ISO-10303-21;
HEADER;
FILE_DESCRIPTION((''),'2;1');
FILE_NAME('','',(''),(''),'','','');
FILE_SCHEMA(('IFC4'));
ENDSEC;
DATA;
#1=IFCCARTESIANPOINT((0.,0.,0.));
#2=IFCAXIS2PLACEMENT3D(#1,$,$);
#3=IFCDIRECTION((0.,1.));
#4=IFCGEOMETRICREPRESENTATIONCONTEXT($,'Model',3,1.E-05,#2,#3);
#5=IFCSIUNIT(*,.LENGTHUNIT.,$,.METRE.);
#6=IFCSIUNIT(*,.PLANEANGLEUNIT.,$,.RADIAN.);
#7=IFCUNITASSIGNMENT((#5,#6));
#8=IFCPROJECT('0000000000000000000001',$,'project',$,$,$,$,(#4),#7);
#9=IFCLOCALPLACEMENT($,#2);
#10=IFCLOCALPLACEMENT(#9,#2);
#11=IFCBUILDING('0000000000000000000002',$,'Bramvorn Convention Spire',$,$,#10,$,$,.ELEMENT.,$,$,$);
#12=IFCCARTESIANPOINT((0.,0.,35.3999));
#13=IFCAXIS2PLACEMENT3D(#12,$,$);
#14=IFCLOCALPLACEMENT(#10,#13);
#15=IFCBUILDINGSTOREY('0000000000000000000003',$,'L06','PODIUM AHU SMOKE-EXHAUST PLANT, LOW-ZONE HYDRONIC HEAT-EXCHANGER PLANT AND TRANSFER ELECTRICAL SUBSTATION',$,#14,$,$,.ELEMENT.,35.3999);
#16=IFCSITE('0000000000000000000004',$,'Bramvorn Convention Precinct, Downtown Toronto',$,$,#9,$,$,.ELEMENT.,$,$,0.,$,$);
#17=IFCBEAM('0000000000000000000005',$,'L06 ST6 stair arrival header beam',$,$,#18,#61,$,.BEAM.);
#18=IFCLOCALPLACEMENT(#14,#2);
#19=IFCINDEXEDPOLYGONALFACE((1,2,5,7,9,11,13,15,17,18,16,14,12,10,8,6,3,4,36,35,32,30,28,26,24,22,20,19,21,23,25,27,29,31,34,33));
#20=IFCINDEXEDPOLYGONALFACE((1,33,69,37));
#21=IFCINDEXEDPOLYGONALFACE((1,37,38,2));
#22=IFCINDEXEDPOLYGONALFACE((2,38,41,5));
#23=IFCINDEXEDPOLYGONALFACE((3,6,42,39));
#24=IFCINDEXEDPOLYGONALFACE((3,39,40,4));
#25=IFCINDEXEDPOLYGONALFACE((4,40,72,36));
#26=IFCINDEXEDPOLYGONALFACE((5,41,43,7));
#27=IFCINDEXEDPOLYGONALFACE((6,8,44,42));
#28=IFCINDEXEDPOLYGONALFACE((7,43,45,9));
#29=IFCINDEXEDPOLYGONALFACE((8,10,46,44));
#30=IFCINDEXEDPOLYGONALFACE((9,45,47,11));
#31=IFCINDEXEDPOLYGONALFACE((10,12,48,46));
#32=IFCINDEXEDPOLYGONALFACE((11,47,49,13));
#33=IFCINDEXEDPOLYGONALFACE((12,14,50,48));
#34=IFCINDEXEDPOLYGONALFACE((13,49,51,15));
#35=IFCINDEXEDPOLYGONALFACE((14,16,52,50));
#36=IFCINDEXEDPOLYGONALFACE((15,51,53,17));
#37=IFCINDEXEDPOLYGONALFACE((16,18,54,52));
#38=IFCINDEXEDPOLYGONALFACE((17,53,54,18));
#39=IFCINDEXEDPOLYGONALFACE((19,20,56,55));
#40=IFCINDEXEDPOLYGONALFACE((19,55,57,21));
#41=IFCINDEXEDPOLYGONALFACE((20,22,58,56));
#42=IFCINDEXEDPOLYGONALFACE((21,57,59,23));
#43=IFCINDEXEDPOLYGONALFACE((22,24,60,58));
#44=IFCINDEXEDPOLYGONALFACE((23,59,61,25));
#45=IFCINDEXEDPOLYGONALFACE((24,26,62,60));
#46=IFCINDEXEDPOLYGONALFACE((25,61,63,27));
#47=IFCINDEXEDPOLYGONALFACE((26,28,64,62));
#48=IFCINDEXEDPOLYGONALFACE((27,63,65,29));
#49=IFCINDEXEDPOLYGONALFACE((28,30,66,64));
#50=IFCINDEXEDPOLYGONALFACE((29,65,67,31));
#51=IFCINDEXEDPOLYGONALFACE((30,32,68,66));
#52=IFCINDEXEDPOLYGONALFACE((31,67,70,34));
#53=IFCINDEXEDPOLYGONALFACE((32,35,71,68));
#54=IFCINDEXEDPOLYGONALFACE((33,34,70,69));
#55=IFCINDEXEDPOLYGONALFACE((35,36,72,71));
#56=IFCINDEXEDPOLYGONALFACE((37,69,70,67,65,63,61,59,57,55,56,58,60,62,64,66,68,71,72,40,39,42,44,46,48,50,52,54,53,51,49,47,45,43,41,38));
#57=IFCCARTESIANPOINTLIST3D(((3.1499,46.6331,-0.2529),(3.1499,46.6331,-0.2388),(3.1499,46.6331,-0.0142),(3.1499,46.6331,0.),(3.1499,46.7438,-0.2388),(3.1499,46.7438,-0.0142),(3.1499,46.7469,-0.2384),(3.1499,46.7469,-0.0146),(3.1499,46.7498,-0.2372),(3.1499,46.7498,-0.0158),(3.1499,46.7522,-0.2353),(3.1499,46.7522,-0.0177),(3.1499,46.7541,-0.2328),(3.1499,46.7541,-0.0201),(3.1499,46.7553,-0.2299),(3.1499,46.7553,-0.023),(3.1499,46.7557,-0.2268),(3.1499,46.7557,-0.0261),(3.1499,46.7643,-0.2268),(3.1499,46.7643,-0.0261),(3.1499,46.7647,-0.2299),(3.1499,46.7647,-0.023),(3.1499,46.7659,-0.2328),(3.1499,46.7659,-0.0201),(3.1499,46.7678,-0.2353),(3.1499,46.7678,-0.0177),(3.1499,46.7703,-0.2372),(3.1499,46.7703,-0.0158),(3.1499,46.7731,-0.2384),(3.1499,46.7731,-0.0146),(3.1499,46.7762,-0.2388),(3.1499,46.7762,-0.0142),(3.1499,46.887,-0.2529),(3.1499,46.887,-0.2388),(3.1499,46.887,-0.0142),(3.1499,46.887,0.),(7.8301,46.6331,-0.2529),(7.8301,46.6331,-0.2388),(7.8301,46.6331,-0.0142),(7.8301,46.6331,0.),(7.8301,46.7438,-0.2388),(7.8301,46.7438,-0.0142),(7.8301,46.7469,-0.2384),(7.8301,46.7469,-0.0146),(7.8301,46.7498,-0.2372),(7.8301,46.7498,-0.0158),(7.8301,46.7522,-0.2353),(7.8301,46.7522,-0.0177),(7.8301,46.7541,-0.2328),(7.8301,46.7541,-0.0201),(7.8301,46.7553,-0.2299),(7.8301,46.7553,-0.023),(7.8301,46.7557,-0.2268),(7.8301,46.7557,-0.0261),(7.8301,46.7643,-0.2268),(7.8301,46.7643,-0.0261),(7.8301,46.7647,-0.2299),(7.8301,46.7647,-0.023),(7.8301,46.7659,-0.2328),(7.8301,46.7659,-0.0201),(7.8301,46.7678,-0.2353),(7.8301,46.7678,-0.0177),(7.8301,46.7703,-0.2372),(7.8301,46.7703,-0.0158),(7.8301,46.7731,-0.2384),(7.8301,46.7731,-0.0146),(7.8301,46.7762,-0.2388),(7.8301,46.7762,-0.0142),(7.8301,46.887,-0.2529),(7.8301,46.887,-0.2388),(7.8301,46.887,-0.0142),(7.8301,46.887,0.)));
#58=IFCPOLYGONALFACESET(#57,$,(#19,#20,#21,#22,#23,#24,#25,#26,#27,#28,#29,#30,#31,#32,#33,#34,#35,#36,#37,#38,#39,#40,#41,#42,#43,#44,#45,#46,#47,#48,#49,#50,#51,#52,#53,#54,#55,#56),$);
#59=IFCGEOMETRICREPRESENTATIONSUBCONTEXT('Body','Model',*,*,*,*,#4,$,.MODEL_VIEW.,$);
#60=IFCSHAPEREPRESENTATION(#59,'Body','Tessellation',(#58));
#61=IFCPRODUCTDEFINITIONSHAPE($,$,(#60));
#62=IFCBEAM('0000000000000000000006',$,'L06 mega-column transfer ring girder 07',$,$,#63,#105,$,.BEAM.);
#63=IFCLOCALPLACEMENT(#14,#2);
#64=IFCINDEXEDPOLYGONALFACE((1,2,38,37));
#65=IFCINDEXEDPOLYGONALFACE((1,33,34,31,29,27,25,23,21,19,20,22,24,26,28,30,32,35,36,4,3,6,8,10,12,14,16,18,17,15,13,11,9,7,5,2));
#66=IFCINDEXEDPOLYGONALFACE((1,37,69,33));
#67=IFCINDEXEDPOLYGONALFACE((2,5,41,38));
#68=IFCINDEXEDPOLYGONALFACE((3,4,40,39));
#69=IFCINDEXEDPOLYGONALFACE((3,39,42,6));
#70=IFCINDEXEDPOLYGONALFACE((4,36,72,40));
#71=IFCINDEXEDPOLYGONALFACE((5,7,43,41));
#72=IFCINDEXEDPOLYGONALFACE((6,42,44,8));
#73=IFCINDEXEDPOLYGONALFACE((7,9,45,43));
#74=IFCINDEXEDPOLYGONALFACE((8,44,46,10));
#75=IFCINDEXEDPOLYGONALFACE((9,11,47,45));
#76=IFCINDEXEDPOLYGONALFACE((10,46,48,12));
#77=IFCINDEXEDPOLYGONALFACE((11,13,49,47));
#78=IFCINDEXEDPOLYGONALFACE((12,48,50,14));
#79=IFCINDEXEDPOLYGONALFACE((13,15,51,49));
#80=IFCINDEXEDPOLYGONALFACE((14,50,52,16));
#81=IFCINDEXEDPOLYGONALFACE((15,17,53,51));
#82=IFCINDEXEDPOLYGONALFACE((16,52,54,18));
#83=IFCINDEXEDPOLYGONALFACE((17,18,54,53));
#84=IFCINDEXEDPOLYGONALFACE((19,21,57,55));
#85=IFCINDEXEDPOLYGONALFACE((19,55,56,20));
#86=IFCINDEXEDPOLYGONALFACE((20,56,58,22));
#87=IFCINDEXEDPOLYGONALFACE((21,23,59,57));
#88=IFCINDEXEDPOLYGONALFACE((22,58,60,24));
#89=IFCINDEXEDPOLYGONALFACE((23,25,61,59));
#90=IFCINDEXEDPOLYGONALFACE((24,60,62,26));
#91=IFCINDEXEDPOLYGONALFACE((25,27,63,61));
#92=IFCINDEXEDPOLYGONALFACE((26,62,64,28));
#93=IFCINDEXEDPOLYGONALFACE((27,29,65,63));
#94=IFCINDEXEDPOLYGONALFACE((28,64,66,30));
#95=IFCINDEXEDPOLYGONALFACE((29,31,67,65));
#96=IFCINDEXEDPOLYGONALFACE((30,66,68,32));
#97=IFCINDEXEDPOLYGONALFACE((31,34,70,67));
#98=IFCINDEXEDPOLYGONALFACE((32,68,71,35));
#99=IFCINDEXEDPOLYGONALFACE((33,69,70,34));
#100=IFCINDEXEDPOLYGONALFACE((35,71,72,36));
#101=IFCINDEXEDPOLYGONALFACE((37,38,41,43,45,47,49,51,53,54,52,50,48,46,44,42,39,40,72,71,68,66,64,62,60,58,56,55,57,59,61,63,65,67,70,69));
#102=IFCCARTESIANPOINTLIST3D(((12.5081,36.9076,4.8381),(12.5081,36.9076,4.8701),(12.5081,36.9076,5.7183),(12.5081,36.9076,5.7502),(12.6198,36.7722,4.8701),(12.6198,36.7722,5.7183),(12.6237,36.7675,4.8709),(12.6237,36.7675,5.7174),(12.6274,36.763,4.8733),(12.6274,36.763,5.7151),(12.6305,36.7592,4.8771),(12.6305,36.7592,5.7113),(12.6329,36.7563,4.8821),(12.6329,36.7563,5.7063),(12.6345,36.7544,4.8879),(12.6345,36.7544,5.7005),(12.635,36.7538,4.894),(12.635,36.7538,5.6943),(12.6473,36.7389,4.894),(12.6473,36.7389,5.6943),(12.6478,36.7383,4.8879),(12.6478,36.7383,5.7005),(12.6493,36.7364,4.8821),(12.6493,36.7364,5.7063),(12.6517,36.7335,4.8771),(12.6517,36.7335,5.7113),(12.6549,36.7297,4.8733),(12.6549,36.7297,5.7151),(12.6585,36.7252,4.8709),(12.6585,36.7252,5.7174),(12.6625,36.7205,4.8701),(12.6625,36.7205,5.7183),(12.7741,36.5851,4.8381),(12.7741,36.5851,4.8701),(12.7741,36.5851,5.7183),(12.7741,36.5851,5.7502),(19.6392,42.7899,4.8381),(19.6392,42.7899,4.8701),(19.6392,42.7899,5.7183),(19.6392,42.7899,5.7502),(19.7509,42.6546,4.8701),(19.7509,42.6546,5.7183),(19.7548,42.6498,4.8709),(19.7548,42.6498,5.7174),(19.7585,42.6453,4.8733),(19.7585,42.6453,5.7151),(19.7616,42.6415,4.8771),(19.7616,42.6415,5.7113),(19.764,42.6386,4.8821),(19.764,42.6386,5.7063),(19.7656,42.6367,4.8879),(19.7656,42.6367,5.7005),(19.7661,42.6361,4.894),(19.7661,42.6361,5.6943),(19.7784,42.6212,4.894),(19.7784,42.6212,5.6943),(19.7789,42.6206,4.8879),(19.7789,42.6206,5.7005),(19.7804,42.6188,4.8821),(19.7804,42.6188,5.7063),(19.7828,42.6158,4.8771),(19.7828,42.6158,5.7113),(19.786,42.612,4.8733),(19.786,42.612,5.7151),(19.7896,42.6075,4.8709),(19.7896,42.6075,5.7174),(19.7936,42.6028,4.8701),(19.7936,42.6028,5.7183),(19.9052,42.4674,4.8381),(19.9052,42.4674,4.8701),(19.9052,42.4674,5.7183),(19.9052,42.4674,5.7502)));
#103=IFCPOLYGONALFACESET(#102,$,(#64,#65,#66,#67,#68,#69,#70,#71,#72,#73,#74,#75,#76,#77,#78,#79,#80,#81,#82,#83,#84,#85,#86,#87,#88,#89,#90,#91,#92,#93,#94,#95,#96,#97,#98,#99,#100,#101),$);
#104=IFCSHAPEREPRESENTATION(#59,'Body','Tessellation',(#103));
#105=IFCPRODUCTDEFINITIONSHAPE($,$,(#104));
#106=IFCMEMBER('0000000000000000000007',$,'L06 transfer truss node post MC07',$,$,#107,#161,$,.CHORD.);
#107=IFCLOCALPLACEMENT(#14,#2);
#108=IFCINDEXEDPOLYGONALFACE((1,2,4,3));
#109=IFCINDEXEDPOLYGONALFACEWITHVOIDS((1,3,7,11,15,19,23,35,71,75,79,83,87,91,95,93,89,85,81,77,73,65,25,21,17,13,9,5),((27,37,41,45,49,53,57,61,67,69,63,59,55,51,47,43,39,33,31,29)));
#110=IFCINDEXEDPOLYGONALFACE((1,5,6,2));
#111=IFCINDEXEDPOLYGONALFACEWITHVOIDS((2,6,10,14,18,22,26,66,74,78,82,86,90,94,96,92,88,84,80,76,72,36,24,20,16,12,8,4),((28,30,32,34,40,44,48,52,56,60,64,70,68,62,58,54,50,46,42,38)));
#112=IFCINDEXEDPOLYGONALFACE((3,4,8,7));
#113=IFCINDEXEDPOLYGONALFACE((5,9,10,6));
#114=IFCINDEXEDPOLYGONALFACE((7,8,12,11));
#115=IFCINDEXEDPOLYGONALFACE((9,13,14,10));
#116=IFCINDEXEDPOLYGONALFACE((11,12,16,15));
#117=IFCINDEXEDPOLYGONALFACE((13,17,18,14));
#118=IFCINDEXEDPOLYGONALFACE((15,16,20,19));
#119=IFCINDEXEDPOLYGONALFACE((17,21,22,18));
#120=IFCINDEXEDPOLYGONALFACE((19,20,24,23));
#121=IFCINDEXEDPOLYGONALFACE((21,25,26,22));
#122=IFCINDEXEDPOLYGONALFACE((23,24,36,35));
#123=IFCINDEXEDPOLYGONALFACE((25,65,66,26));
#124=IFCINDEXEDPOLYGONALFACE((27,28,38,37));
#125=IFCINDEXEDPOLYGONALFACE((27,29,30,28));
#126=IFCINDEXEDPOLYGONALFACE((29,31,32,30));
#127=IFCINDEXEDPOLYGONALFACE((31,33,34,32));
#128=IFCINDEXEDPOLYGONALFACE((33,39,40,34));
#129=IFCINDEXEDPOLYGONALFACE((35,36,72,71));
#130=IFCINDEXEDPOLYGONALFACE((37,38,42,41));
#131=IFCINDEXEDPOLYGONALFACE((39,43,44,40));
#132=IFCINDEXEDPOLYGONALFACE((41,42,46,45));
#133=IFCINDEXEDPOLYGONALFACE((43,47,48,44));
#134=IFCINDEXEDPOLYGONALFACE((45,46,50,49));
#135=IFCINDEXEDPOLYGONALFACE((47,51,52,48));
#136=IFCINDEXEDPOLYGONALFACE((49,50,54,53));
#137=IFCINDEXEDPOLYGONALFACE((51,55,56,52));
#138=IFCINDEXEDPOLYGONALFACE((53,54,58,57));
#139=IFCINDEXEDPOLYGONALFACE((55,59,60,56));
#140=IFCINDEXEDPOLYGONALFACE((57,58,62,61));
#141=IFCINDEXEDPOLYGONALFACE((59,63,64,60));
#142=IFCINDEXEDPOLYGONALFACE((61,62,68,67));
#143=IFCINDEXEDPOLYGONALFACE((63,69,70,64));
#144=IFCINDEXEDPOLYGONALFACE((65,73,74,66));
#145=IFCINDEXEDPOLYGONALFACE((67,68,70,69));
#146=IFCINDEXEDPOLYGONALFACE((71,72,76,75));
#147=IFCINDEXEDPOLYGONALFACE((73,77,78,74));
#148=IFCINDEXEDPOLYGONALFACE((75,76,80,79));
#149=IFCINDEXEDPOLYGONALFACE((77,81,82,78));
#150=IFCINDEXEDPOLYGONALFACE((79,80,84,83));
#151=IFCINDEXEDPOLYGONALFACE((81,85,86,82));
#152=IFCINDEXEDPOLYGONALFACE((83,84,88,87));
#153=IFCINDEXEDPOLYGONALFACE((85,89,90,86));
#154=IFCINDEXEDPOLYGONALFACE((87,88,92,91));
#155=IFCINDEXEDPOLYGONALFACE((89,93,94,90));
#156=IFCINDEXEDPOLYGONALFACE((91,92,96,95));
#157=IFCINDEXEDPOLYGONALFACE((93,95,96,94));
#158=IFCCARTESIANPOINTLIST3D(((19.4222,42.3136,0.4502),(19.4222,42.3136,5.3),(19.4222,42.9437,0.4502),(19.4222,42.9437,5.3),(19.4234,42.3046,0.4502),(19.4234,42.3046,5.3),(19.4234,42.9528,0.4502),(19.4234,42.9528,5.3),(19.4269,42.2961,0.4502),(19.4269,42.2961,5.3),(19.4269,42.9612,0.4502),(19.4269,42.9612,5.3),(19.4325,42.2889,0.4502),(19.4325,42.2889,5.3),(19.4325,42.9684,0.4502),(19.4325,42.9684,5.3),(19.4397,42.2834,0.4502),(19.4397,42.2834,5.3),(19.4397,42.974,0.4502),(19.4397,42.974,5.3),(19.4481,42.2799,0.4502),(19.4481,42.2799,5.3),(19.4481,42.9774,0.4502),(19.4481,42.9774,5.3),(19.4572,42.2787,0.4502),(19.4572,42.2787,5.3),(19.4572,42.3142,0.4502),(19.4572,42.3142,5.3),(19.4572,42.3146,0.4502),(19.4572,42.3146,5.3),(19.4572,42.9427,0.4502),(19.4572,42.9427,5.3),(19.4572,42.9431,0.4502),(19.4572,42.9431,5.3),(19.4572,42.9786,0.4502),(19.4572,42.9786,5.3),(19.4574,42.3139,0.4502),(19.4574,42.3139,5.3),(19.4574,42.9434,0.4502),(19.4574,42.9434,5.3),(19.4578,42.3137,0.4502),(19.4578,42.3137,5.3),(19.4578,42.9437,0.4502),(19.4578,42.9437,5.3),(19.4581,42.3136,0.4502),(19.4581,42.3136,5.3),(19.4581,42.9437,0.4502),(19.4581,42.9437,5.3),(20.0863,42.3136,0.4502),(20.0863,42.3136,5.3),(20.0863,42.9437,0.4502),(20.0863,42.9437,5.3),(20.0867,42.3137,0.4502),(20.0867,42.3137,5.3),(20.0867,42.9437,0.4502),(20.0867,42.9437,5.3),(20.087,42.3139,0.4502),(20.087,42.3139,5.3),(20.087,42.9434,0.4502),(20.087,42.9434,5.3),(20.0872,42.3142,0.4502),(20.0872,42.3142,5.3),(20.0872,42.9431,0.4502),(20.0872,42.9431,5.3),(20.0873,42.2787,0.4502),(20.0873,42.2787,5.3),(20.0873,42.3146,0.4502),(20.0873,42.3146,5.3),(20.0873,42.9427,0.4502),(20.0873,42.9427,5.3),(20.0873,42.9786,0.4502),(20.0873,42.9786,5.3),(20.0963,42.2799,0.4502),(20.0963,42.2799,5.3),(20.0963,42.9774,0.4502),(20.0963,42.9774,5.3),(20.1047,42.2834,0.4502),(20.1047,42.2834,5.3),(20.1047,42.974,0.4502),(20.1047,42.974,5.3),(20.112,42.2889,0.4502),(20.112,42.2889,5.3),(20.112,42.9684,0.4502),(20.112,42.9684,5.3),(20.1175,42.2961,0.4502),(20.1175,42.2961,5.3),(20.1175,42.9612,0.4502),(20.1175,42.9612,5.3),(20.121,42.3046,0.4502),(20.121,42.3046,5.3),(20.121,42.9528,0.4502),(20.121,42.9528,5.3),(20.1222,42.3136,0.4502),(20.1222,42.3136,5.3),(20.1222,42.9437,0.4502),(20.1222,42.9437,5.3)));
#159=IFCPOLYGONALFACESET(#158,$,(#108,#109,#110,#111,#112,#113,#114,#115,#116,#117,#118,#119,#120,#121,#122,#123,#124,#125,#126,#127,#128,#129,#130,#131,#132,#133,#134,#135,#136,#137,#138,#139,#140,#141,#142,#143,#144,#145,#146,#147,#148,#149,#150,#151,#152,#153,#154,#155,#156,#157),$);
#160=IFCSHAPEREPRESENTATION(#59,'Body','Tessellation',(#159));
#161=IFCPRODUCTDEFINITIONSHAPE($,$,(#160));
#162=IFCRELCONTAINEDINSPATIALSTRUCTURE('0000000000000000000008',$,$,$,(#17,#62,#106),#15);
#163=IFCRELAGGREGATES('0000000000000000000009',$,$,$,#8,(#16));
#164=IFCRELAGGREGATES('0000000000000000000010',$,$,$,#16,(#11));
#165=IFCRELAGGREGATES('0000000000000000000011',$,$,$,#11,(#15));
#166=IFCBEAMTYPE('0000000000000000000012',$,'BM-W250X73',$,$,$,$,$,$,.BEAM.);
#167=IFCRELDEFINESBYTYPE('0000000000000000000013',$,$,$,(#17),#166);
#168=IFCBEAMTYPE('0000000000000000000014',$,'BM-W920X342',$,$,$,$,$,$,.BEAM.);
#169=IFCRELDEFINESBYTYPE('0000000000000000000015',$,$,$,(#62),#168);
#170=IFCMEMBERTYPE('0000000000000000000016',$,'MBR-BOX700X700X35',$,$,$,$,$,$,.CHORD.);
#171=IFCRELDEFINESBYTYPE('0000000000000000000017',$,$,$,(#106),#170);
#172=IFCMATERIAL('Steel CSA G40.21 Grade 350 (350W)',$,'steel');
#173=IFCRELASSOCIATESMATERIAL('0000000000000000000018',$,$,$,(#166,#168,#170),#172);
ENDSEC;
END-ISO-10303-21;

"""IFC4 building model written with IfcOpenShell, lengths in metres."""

from ifc_helpers import new_model, si_unit, direction, frame, origin, origin_2d, place, context, subcontext, project, spatial, hollow_rectangle, i_section, extrude, material, material_profile, profile_set, type_object, element, save


model = new_model("IFC4")

# Units and contexts
model_context = context("Model", 3, precision=1e-05, world=origin(), true_north=direction((0.0, 1.0)))
body_context = subcontext(model_context, "Body", "Model", "MODEL_VIEW")
ifc_project = project(units=[si_unit("LENGTHUNIT", "METRE"), si_unit("PLANEANGLEUNIT", "RADIAN")], contexts=[model_context])

# Site, building, storey
site_placement = place(None, origin())
site = spatial("IfcSite", under=ifc_project, at=site_placement, Name="Bramvorn Convention Precinct, Downtown Toronto", CompositionType="ELEMENT", RefElevation=0.0)
building_placement = place(site_placement, origin())
building = spatial("IfcBuilding", under=site, at=building_placement, Name="Bramvorn Convention Spire", CompositionType="ELEMENT")
storey_placement = place(building_placement, frame((0.0, 0.0, 35.3999)))
storey = spatial("IfcBuildingStorey", under=building, at=storey_placement, Name="L06", Description="PODIUM AHU SMOKE-EXHAUST PLANT, LOW-ZONE HYDRONIC HEAT-EXCHANGER PLANT AND TRANSFER ELECTRICAL SUBSTATION", CompositionType="ELEMENT", Elevation=35.3999)

# Shared definitions
ifc_material_1 = material(Name="Steel CSA G40.21 Grade 350 (350W)", Category="steel")

# Beams
ifc_material_profile_1 = material_profile(ifc_material_1, i_section(OverallWidth=0.2539, OverallDepth=0.2529, WebThickness=0.0085, FlangeThickness=0.0142, FilletRadius=0.012, at=origin_2d()))
ifc_profile_set_1 = profile_set([ifc_material_profile_1], Name="Steel CSA G40.21 Grade 350 (350W) - W250X73")
beam_type_1 = type_object("IfcBeamType", Name="BM-W250X73", PredefinedType="BEAM", material=ifc_profile_set_1)
beam_1_placement = place(storey_placement, frame((3.1499, 46.76, -0.1265), z_axis=(1.0, 0.0, 0.0), x_axis=(0.0, 1.0, 0.0)))
element("IfcBeam", 1, at=beam_1_placement, inside=storey, type_object=beam_type_1, Name="L06 ST6 stair arrival header beam", PredefinedType="BEAM", context=body_context, shape_type="SweptSolid", body=[
    extrude(i_section(OverallWidth=0.2539, OverallDepth=0.2529, WebThickness=0.0085, FlangeThickness=0.0142, FilletRadius=0.012, at=origin_2d()), origin(), (0.0, 0.0, 1.0), 4.6802),
])
ifc_material_profile_2 = material_profile(ifc_material_1, i_section(OverallWidth=0.418, OverallDepth=0.9121, WebThickness=0.0193, FlangeThickness=0.032, FilletRadius=0.0239, at=origin_2d()))
ifc_profile_set_2 = profile_set([ifc_material_profile_2], Name="Steel CSA G40.21 Grade 350 (350W) - W920X342")
beam_type_2 = type_object("IfcBeamType", Name="BM-W920X342", PredefinedType="BEAM", material=ifc_profile_set_2)
beam_2_placement = place(storey_placement, frame((19.7722, 42.6287, 5.2942), z_axis=(-0.771418, -0.636329, 0.0), x_axis=(0.636329, -0.771418, 0.0)))
element("IfcBeam", 2, at=beam_2_placement, inside=storey, type_object=beam_type_2, Name="L06 mega-column transfer ring girder 07", PredefinedType="BEAM", context=body_context, shape_type="SweptSolid", body=[
    extrude(i_section(OverallWidth=0.418, OverallDepth=0.9121, WebThickness=0.0193, FlangeThickness=0.032, FilletRadius=0.0239, at=origin_2d()), origin(), (0.0, 0.0, 1.0), 9.2441),
])

# Member
ifc_material_profile_3 = material_profile(ifc_material_1, hollow_rectangle(XDim=0.7, YDim=0.7, WallThickness=0.0349, InnerFilletRadius=0.001, OuterFilletRadius=0.0349, at=origin_2d()))
ifc_profile_set_3 = profile_set([ifc_material_profile_3], Name="Steel CSA G40.21 Grade 350 (350W) - BOX700X700X35")
member_type_1 = type_object("IfcMemberType", Name="MBR-BOX700X700X35", PredefinedType="CHORD", material=ifc_profile_set_3)
member_1_placement = place(storey_placement, frame((19.7722, 42.6287, 0.4502), z_axis=(0.0, 0.0, 1.0), x_axis=(1.0, 0.0, 0.0)))
element("IfcMember", 3, at=member_1_placement, inside=storey, type_object=member_type_1, Name="L06 transfer truss node post MC07", PredefinedType="CHORD", context=body_context, shape_type="SweptSolid", body=[
    extrude(hollow_rectangle(XDim=0.7, YDim=0.7, WallThickness=0.0349, InnerFilletRadius=0.001, OuterFilletRadius=0.0349, at=origin_2d()), origin(), (0.0, 0.0, 1.0), 4.8499),
])

save(model, "model.ifc")
